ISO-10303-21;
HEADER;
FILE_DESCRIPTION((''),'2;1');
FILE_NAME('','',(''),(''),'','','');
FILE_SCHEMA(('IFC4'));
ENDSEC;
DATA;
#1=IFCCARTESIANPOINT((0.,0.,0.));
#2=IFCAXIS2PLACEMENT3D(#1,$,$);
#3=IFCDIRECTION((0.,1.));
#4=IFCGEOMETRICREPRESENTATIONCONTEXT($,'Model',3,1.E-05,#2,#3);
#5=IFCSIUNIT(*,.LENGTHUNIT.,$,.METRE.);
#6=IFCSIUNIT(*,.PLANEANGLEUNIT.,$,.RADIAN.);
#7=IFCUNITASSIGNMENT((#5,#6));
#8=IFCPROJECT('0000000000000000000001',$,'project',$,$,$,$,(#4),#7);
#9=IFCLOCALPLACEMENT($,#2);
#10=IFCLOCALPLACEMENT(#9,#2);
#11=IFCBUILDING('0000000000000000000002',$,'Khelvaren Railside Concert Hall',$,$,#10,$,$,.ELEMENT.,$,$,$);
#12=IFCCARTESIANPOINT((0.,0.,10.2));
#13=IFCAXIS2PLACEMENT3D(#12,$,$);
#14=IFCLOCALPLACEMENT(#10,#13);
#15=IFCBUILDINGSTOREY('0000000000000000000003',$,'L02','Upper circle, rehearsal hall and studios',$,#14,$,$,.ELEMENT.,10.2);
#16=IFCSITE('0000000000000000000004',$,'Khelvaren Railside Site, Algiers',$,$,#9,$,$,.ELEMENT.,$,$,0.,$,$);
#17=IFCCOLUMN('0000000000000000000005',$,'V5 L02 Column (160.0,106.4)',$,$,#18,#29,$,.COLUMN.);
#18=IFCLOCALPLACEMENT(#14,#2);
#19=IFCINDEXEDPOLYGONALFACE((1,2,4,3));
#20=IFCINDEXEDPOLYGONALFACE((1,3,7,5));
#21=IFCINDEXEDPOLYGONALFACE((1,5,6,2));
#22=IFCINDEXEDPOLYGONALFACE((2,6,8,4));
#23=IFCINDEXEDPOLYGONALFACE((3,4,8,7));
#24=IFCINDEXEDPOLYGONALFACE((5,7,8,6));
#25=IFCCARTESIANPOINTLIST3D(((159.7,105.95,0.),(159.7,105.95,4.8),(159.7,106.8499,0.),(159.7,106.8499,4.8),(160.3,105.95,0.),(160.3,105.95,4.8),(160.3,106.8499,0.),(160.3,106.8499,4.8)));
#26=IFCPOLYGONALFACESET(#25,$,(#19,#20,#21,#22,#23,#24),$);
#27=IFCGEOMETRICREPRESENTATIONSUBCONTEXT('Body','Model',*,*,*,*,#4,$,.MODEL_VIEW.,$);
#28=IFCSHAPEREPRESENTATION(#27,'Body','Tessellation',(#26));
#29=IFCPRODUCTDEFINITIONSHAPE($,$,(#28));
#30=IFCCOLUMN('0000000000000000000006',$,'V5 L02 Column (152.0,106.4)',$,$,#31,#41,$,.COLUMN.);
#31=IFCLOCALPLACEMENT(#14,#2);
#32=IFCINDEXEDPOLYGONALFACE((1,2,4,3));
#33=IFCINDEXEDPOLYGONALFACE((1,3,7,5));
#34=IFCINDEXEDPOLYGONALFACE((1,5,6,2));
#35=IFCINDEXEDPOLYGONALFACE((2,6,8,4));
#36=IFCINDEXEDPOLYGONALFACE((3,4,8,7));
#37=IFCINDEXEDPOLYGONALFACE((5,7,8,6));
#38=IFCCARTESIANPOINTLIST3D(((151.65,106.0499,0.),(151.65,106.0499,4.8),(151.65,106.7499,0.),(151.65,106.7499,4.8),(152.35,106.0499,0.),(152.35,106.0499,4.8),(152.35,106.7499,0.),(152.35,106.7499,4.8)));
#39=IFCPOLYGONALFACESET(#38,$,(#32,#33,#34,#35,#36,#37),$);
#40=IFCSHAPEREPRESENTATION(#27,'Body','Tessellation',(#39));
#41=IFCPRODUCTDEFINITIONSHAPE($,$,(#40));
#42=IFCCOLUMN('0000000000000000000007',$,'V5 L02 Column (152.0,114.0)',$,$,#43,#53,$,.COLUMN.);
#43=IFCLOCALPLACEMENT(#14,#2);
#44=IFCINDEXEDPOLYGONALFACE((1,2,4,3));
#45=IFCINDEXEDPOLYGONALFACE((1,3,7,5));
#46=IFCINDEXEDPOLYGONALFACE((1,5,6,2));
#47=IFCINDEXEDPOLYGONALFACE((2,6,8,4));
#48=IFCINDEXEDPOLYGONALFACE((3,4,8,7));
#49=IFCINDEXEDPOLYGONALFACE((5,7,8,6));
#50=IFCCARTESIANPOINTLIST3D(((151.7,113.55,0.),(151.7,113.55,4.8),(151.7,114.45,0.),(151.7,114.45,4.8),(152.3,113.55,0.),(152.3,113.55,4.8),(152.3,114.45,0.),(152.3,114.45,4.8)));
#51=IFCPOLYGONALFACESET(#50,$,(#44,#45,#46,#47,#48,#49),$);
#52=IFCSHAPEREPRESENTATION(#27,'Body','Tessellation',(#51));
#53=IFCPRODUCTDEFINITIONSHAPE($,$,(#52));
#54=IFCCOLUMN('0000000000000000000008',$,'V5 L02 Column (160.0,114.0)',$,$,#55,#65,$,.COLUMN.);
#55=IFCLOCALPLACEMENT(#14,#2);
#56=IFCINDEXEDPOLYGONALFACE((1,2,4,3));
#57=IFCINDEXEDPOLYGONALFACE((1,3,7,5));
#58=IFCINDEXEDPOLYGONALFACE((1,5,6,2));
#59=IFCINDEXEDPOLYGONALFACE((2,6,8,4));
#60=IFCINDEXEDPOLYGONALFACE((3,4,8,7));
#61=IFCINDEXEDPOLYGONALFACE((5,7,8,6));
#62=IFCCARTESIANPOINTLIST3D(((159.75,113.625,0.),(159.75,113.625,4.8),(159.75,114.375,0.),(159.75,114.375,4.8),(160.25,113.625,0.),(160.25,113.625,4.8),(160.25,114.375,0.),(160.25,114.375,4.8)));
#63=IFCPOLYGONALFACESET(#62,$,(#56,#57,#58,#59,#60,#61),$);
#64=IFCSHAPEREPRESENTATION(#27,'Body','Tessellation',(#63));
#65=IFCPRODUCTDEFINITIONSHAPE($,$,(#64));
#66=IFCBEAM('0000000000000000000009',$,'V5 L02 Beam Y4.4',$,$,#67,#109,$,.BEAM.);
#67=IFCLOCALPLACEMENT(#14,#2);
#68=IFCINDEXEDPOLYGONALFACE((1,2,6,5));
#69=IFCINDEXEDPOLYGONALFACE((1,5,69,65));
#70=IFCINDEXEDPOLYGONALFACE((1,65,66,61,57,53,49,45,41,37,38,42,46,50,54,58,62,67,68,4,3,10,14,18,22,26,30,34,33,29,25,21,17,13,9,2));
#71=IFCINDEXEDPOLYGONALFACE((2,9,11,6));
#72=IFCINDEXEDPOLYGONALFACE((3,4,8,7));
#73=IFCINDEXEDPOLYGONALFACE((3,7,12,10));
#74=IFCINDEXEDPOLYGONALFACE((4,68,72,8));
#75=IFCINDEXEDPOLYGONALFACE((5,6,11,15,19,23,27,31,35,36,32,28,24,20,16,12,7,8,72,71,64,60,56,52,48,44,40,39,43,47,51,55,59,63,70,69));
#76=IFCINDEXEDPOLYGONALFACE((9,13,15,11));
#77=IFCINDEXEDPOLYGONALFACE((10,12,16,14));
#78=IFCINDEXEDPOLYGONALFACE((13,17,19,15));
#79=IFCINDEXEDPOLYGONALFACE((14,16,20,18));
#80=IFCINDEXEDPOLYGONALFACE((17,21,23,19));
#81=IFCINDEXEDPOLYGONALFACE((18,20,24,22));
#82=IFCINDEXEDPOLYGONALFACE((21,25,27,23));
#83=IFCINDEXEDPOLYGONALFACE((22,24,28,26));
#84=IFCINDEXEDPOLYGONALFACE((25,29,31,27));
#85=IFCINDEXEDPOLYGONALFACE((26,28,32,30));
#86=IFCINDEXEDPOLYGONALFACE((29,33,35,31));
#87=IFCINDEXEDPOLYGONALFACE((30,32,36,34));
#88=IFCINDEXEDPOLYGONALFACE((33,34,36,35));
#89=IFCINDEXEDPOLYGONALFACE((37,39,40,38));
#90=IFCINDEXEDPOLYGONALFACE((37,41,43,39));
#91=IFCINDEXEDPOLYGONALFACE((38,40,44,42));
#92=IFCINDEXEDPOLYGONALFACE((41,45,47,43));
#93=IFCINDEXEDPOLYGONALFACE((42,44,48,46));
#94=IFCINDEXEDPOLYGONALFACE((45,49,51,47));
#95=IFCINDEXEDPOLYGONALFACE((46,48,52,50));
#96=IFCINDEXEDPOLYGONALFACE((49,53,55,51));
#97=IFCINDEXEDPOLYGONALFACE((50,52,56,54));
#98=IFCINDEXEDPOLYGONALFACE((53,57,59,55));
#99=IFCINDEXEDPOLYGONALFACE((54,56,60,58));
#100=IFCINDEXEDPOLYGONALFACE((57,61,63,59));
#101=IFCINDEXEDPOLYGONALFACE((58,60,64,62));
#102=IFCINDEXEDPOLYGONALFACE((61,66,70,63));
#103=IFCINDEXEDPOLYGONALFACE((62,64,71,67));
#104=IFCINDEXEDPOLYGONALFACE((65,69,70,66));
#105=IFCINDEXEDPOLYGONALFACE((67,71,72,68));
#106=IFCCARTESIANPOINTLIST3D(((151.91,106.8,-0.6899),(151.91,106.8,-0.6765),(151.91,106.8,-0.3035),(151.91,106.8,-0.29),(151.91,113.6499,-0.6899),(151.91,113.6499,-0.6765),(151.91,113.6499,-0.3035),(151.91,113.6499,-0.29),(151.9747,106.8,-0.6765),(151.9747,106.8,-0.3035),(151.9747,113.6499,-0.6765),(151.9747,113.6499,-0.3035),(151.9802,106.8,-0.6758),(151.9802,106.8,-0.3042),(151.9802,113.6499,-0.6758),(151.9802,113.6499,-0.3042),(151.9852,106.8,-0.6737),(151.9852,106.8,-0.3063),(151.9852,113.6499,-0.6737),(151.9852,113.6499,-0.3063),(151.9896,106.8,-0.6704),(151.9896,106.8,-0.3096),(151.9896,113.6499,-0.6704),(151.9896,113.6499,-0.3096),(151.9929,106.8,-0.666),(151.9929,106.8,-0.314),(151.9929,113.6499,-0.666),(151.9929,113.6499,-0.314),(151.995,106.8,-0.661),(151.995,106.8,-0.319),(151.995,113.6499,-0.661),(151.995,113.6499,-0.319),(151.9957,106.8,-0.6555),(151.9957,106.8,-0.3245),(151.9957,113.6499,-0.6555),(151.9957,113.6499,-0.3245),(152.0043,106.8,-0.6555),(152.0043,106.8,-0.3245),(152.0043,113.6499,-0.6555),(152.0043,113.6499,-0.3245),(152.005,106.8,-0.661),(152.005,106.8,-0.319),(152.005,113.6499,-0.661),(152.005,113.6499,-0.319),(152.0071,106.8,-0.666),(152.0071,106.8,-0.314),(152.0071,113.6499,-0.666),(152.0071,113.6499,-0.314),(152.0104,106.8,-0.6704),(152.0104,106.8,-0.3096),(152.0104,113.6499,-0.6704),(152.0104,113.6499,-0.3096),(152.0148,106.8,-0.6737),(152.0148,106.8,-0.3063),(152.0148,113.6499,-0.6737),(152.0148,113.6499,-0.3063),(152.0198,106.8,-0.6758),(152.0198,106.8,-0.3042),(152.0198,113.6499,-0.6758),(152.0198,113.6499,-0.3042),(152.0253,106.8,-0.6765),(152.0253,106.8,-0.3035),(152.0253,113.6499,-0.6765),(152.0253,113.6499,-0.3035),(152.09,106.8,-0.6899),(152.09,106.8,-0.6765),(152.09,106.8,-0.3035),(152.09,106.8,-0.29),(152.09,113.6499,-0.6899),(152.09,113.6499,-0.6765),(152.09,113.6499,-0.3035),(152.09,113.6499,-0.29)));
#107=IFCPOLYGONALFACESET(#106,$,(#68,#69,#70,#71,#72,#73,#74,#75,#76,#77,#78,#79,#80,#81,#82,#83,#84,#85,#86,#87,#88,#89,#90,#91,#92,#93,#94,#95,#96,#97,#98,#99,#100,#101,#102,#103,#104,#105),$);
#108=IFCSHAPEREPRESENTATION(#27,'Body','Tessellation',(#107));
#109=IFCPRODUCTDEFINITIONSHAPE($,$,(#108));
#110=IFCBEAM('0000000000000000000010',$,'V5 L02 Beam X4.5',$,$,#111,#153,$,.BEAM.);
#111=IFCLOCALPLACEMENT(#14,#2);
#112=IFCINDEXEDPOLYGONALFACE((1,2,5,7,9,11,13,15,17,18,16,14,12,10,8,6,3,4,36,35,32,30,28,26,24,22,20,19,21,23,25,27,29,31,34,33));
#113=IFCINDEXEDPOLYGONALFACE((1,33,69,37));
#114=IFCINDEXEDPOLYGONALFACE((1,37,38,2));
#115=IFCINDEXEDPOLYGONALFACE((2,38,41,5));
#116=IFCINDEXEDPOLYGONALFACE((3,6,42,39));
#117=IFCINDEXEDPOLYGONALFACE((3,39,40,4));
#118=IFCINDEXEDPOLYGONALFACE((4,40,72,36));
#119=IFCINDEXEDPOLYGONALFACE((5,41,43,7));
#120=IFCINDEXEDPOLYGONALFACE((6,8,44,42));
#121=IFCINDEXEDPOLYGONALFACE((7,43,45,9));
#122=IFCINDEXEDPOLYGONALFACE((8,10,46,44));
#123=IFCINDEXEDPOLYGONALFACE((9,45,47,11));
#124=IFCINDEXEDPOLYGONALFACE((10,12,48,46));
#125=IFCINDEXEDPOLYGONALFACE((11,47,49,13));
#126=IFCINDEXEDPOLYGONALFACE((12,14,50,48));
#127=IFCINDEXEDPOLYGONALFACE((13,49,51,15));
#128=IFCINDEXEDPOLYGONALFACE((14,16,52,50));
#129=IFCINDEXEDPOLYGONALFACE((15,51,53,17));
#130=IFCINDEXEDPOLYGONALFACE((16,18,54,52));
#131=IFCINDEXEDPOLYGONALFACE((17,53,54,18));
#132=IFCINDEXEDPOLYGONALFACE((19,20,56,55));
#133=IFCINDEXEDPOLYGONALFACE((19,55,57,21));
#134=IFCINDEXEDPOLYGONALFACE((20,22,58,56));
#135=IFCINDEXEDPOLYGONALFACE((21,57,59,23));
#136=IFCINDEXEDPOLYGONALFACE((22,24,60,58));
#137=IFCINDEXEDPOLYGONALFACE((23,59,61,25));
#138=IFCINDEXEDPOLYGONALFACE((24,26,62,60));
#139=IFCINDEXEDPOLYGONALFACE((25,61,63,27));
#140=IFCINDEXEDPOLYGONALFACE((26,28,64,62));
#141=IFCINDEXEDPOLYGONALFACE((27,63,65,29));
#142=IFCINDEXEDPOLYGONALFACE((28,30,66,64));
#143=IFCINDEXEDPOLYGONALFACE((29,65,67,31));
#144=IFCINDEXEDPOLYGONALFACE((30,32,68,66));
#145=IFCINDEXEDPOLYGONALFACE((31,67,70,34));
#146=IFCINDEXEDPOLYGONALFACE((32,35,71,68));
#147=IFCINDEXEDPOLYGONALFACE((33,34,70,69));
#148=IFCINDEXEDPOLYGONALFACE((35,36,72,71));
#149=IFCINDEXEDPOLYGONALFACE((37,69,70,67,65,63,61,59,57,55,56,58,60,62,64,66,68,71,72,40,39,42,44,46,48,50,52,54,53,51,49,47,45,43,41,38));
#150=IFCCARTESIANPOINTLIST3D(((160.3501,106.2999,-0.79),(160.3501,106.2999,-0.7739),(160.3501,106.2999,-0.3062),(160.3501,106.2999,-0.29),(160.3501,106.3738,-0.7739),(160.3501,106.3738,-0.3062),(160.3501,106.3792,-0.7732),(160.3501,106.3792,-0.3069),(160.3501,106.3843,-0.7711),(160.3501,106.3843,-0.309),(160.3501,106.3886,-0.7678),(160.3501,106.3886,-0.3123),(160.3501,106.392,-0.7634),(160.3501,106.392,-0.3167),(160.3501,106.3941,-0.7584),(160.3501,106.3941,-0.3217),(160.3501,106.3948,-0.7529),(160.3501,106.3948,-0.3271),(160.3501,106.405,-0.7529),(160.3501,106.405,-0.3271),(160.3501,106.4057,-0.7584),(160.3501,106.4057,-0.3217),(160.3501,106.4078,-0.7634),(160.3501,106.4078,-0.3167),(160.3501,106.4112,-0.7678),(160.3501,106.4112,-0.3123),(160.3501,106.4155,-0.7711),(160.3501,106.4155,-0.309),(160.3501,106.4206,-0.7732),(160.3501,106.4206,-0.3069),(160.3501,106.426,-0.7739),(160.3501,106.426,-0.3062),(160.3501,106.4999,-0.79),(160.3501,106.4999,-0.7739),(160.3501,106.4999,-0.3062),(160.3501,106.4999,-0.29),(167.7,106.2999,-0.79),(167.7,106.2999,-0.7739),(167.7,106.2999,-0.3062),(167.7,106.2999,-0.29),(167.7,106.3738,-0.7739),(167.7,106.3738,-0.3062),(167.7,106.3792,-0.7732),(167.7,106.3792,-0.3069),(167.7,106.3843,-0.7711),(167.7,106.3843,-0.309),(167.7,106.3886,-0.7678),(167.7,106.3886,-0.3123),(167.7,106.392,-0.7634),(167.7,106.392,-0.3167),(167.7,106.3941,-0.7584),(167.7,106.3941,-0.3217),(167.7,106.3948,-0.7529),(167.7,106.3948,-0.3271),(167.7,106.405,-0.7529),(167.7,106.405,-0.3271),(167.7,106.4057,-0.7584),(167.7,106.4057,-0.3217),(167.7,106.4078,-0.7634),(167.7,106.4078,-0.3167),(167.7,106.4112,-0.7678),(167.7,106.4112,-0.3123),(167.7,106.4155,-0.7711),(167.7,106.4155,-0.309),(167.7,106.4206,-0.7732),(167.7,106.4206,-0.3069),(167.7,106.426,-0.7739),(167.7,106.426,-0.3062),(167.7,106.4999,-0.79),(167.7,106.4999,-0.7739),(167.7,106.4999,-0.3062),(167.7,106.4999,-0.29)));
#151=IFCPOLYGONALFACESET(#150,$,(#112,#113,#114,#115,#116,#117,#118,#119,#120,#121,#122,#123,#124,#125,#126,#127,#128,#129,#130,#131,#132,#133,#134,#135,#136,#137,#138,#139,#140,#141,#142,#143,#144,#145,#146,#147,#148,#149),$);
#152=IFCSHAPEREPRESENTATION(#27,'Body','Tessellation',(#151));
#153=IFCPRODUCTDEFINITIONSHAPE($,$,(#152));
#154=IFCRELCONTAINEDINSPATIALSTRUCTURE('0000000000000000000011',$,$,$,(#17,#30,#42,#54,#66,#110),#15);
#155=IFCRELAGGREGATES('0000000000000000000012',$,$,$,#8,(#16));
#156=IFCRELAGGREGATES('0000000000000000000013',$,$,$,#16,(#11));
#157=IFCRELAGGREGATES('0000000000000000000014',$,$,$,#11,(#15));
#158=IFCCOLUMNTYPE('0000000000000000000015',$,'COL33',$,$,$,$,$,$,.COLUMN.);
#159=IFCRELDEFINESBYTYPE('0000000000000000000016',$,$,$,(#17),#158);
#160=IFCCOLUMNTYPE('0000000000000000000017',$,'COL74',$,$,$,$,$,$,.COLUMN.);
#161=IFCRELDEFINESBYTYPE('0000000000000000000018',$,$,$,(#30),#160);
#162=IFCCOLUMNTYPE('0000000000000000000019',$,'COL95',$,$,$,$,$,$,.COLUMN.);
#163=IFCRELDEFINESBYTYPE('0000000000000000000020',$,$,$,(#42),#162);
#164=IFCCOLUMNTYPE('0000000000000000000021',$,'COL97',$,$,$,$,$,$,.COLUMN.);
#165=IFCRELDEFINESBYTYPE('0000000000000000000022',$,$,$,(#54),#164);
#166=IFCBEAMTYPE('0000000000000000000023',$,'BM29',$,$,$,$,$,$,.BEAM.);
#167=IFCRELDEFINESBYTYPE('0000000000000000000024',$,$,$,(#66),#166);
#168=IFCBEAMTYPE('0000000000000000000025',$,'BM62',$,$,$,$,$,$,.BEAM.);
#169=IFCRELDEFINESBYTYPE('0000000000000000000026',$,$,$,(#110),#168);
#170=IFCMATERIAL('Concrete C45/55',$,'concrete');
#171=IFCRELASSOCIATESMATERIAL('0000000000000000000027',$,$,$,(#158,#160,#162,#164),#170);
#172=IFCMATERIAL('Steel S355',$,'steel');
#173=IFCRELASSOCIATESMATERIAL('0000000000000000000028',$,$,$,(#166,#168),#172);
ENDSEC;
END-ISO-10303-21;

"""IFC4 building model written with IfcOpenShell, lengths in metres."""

from ifc_helpers import new_model, si_unit, direction, frame, origin, origin_2d, place, context, subcontext, project, spatial, rectangle, i_section, extrude, material, material_profile, profile_set, type_object, element, save


model = new_model("IFC4")

# Units and contexts
model_context = context("Model", 3, precision=1e-05, world=origin(), true_north=direction((0.0, 1.0)))
body_context = subcontext(model_context, "Body", "Model", "MODEL_VIEW")
ifc_project = project(units=[si_unit("LENGTHUNIT", "METRE"), si_unit("PLANEANGLEUNIT", "RADIAN")], contexts=[model_context])

# Site, building, storey
site_placement = place(None, origin())
site = spatial("IfcSite", under=ifc_project, at=site_placement, Name="Khelvaren Railside Site, Algiers", CompositionType="ELEMENT", RefElevation=0.0)
building_placement = place(site_placement, origin())
building = spatial("IfcBuilding", under=site, at=building_placement, Name="Khelvaren Railside Concert Hall", CompositionType="ELEMENT")
storey_placement = place(building_placement, frame((0.0, 0.0, 10.2)))
storey = spatial("IfcBuildingStorey", under=building, at=storey_placement, Name="L02", Description="Upper circle, rehearsal hall and studios", CompositionType="ELEMENT", Elevation=10.2)

# Columns
ifc_material_1 = material(Name="Concrete C45/55", Category="concrete")
ifc_material_profile_1 = material_profile(ifc_material_1, rectangle(XDim=0.6001, YDim=0.8999, at=origin_2d()), Name="RC 600x900")
ifc_profile_set_1 = profile_set([ifc_material_profile_1], Name="Concrete C45/55")
column_type_1 = type_object("IfcColumnType", Name="COL33", PredefinedType="COLUMN", material=ifc_profile_set_1)
column_1_placement = place(storey_placement, frame((160.0, 106.3999, 0.0), z_axis=(0.0, 0.0, 1.0), x_axis=(1.0, 0.0, 0.0)))
element("IfcColumn", 1, at=column_1_placement, inside=storey, type_object=column_type_1, Name="V5 L02 Column (160.0,106.4)", PredefinedType="COLUMN", context=body_context, shape_type="SweptSolid", body=[
    extrude(rectangle(XDim=0.6001, YDim=0.8999, at=origin_2d()), origin(), (0.0, 0.0, 1.0), 4.8),
])
ifc_material_profile_2 = material_profile(ifc_material_1, rectangle(XDim=0.7, YDim=0.7, at=origin_2d()), Name="RC 700x700")
ifc_profile_set_2 = profile_set([ifc_material_profile_2], Name="Concrete C45/55")
column_type_2 = type_object("IfcColumnType", Name="COL74", PredefinedType="COLUMN", material=ifc_profile_set_2)
column_2_placement = place(storey_placement, frame((152.0, 106.3999, 0.0), z_axis=(0.0, 0.0, 1.0), x_axis=(1.0, 0.0, 0.0)))
element("IfcColumn", 2, at=column_2_placement, inside=storey, type_object=column_type_2, Name="V5 L02 Column (152.0,106.4)", PredefinedType="COLUMN", context=body_context, shape_type="SweptSolid", body=[
    extrude(rectangle(XDim=0.7, YDim=0.7, at=origin_2d()), origin(), (0.0, 0.0, 1.0), 4.8),
])
ifc_material_profile_3 = material_profile(ifc_material_1, rectangle(XDim=0.6001, YDim=0.8999, at=origin_2d()), Name="RC 600x900")
ifc_profile_set_3 = profile_set([ifc_material_profile_3], Name="Concrete C45/55")
column_type_3 = type_object("IfcColumnType", Name="COL95", PredefinedType="COLUMN", material=ifc_profile_set_3)
column_3_placement = place(storey_placement, frame((152.0, 114.0, 0.0), z_axis=(0.0, 0.0, 1.0), x_axis=(1.0, 0.0, 0.0)))
element("IfcColumn", 3, at=column_3_placement, inside=storey, type_object=column_type_3, Name="V5 L02 Column (152.0,114.0)", PredefinedType="COLUMN", context=body_context, shape_type="SweptSolid", body=[
    extrude(rectangle(XDim=0.6001, YDim=0.8999, at=origin_2d()), origin(), (0.0, 0.0, 1.0), 4.8),
])
ifc_material_profile_4 = material_profile(ifc_material_1, rectangle(XDim=0.5, YDim=0.75, at=origin_2d()), Name="RC 500x750")
ifc_profile_set_4 = profile_set([ifc_material_profile_4], Name="Concrete C45/55")
column_type_4 = type_object("IfcColumnType", Name="COL97", PredefinedType="COLUMN", material=ifc_profile_set_4)
column_4_placement = place(storey_placement, frame((160.0, 114.0, 0.0), z_axis=(0.0, 0.0, 1.0), x_axis=(1.0, 0.0, 0.0)))
element("IfcColumn", 4, at=column_4_placement, inside=storey, type_object=column_type_4, Name="V5 L02 Column (160.0,114.0)", PredefinedType="COLUMN", context=body_context, shape_type="SweptSolid", body=[
    extrude(rectangle(XDim=0.5, YDim=0.75, at=origin_2d()), origin(), (0.0, 0.0, 1.0), 4.8),
])

# Beams
ifc_material_2 = material(Name="Steel S355", Category="steel")
ifc_material_profile_5 = material_profile(ifc_material_2, i_section(OverallWidth=0.1799, OverallDepth=0.3999, WebThickness=0.0085, FlangeThickness=0.0134, FilletRadius=0.021, at=origin_2d()), Name="IPE 400")
ifc_profile_set_5 = profile_set([ifc_material_profile_5], Name="Steel S355")
beam_type_1 = type_object("IfcBeamType", Name="BM29", PredefinedType="BEAM", material=ifc_profile_set_5)
beam_1_placement = place(storey_placement, frame((152.0, 106.8, -0.49), z_axis=(0.0, 1.0, 0.0), x_axis=(-1.0, 0.0, 0.0)))
element("IfcBeam", 5, at=beam_1_placement, inside=storey, type_object=beam_type_1, Name="V5 L02 Beam Y4.4", PredefinedType="BEAM", context=body_context, shape_type="SweptSolid", body=[
    extrude(i_section(OverallWidth=0.1799, OverallDepth=0.3999, WebThickness=0.0085, FlangeThickness=0.0134, FilletRadius=0.021, at=origin_2d()), origin(), (0.0, 0.0, 1.0), 6.8499),
])
ifc_material_profile_6 = material_profile(ifc_material_2, i_section(OverallWidth=0.2, OverallDepth=0.5, WebThickness=0.0103, FlangeThickness=0.0161, FilletRadius=0.021, at=origin_2d()), Name="IPE 500")
ifc_profile_set_6 = profile_set([ifc_material_profile_6], Name="Steel S355")
beam_type_2 = type_object("IfcBeamType", Name="BM62", PredefinedType="BEAM", material=ifc_profile_set_6)
beam_2_placement = place(storey_placement, frame((160.3501, 106.3999, -0.54), z_axis=(1.0, 0.0, 0.0), x_axis=(0.0, 1.0, 0.0)))
element("IfcBeam", 6, at=beam_2_placement, inside=storey, type_object=beam_type_2, Name="V5 L02 Beam X4.5", PredefinedType="BEAM", context=body_context, shape_type="SweptSolid", body=[
    extrude(i_section(OverallWidth=0.2, OverallDepth=0.5, WebThickness=0.0103, FlangeThickness=0.0161, FilletRadius=0.021, at=origin_2d()), origin(), (0.0, 0.0, 1.0), 7.3499),
])

save(model, "model.ifc")
